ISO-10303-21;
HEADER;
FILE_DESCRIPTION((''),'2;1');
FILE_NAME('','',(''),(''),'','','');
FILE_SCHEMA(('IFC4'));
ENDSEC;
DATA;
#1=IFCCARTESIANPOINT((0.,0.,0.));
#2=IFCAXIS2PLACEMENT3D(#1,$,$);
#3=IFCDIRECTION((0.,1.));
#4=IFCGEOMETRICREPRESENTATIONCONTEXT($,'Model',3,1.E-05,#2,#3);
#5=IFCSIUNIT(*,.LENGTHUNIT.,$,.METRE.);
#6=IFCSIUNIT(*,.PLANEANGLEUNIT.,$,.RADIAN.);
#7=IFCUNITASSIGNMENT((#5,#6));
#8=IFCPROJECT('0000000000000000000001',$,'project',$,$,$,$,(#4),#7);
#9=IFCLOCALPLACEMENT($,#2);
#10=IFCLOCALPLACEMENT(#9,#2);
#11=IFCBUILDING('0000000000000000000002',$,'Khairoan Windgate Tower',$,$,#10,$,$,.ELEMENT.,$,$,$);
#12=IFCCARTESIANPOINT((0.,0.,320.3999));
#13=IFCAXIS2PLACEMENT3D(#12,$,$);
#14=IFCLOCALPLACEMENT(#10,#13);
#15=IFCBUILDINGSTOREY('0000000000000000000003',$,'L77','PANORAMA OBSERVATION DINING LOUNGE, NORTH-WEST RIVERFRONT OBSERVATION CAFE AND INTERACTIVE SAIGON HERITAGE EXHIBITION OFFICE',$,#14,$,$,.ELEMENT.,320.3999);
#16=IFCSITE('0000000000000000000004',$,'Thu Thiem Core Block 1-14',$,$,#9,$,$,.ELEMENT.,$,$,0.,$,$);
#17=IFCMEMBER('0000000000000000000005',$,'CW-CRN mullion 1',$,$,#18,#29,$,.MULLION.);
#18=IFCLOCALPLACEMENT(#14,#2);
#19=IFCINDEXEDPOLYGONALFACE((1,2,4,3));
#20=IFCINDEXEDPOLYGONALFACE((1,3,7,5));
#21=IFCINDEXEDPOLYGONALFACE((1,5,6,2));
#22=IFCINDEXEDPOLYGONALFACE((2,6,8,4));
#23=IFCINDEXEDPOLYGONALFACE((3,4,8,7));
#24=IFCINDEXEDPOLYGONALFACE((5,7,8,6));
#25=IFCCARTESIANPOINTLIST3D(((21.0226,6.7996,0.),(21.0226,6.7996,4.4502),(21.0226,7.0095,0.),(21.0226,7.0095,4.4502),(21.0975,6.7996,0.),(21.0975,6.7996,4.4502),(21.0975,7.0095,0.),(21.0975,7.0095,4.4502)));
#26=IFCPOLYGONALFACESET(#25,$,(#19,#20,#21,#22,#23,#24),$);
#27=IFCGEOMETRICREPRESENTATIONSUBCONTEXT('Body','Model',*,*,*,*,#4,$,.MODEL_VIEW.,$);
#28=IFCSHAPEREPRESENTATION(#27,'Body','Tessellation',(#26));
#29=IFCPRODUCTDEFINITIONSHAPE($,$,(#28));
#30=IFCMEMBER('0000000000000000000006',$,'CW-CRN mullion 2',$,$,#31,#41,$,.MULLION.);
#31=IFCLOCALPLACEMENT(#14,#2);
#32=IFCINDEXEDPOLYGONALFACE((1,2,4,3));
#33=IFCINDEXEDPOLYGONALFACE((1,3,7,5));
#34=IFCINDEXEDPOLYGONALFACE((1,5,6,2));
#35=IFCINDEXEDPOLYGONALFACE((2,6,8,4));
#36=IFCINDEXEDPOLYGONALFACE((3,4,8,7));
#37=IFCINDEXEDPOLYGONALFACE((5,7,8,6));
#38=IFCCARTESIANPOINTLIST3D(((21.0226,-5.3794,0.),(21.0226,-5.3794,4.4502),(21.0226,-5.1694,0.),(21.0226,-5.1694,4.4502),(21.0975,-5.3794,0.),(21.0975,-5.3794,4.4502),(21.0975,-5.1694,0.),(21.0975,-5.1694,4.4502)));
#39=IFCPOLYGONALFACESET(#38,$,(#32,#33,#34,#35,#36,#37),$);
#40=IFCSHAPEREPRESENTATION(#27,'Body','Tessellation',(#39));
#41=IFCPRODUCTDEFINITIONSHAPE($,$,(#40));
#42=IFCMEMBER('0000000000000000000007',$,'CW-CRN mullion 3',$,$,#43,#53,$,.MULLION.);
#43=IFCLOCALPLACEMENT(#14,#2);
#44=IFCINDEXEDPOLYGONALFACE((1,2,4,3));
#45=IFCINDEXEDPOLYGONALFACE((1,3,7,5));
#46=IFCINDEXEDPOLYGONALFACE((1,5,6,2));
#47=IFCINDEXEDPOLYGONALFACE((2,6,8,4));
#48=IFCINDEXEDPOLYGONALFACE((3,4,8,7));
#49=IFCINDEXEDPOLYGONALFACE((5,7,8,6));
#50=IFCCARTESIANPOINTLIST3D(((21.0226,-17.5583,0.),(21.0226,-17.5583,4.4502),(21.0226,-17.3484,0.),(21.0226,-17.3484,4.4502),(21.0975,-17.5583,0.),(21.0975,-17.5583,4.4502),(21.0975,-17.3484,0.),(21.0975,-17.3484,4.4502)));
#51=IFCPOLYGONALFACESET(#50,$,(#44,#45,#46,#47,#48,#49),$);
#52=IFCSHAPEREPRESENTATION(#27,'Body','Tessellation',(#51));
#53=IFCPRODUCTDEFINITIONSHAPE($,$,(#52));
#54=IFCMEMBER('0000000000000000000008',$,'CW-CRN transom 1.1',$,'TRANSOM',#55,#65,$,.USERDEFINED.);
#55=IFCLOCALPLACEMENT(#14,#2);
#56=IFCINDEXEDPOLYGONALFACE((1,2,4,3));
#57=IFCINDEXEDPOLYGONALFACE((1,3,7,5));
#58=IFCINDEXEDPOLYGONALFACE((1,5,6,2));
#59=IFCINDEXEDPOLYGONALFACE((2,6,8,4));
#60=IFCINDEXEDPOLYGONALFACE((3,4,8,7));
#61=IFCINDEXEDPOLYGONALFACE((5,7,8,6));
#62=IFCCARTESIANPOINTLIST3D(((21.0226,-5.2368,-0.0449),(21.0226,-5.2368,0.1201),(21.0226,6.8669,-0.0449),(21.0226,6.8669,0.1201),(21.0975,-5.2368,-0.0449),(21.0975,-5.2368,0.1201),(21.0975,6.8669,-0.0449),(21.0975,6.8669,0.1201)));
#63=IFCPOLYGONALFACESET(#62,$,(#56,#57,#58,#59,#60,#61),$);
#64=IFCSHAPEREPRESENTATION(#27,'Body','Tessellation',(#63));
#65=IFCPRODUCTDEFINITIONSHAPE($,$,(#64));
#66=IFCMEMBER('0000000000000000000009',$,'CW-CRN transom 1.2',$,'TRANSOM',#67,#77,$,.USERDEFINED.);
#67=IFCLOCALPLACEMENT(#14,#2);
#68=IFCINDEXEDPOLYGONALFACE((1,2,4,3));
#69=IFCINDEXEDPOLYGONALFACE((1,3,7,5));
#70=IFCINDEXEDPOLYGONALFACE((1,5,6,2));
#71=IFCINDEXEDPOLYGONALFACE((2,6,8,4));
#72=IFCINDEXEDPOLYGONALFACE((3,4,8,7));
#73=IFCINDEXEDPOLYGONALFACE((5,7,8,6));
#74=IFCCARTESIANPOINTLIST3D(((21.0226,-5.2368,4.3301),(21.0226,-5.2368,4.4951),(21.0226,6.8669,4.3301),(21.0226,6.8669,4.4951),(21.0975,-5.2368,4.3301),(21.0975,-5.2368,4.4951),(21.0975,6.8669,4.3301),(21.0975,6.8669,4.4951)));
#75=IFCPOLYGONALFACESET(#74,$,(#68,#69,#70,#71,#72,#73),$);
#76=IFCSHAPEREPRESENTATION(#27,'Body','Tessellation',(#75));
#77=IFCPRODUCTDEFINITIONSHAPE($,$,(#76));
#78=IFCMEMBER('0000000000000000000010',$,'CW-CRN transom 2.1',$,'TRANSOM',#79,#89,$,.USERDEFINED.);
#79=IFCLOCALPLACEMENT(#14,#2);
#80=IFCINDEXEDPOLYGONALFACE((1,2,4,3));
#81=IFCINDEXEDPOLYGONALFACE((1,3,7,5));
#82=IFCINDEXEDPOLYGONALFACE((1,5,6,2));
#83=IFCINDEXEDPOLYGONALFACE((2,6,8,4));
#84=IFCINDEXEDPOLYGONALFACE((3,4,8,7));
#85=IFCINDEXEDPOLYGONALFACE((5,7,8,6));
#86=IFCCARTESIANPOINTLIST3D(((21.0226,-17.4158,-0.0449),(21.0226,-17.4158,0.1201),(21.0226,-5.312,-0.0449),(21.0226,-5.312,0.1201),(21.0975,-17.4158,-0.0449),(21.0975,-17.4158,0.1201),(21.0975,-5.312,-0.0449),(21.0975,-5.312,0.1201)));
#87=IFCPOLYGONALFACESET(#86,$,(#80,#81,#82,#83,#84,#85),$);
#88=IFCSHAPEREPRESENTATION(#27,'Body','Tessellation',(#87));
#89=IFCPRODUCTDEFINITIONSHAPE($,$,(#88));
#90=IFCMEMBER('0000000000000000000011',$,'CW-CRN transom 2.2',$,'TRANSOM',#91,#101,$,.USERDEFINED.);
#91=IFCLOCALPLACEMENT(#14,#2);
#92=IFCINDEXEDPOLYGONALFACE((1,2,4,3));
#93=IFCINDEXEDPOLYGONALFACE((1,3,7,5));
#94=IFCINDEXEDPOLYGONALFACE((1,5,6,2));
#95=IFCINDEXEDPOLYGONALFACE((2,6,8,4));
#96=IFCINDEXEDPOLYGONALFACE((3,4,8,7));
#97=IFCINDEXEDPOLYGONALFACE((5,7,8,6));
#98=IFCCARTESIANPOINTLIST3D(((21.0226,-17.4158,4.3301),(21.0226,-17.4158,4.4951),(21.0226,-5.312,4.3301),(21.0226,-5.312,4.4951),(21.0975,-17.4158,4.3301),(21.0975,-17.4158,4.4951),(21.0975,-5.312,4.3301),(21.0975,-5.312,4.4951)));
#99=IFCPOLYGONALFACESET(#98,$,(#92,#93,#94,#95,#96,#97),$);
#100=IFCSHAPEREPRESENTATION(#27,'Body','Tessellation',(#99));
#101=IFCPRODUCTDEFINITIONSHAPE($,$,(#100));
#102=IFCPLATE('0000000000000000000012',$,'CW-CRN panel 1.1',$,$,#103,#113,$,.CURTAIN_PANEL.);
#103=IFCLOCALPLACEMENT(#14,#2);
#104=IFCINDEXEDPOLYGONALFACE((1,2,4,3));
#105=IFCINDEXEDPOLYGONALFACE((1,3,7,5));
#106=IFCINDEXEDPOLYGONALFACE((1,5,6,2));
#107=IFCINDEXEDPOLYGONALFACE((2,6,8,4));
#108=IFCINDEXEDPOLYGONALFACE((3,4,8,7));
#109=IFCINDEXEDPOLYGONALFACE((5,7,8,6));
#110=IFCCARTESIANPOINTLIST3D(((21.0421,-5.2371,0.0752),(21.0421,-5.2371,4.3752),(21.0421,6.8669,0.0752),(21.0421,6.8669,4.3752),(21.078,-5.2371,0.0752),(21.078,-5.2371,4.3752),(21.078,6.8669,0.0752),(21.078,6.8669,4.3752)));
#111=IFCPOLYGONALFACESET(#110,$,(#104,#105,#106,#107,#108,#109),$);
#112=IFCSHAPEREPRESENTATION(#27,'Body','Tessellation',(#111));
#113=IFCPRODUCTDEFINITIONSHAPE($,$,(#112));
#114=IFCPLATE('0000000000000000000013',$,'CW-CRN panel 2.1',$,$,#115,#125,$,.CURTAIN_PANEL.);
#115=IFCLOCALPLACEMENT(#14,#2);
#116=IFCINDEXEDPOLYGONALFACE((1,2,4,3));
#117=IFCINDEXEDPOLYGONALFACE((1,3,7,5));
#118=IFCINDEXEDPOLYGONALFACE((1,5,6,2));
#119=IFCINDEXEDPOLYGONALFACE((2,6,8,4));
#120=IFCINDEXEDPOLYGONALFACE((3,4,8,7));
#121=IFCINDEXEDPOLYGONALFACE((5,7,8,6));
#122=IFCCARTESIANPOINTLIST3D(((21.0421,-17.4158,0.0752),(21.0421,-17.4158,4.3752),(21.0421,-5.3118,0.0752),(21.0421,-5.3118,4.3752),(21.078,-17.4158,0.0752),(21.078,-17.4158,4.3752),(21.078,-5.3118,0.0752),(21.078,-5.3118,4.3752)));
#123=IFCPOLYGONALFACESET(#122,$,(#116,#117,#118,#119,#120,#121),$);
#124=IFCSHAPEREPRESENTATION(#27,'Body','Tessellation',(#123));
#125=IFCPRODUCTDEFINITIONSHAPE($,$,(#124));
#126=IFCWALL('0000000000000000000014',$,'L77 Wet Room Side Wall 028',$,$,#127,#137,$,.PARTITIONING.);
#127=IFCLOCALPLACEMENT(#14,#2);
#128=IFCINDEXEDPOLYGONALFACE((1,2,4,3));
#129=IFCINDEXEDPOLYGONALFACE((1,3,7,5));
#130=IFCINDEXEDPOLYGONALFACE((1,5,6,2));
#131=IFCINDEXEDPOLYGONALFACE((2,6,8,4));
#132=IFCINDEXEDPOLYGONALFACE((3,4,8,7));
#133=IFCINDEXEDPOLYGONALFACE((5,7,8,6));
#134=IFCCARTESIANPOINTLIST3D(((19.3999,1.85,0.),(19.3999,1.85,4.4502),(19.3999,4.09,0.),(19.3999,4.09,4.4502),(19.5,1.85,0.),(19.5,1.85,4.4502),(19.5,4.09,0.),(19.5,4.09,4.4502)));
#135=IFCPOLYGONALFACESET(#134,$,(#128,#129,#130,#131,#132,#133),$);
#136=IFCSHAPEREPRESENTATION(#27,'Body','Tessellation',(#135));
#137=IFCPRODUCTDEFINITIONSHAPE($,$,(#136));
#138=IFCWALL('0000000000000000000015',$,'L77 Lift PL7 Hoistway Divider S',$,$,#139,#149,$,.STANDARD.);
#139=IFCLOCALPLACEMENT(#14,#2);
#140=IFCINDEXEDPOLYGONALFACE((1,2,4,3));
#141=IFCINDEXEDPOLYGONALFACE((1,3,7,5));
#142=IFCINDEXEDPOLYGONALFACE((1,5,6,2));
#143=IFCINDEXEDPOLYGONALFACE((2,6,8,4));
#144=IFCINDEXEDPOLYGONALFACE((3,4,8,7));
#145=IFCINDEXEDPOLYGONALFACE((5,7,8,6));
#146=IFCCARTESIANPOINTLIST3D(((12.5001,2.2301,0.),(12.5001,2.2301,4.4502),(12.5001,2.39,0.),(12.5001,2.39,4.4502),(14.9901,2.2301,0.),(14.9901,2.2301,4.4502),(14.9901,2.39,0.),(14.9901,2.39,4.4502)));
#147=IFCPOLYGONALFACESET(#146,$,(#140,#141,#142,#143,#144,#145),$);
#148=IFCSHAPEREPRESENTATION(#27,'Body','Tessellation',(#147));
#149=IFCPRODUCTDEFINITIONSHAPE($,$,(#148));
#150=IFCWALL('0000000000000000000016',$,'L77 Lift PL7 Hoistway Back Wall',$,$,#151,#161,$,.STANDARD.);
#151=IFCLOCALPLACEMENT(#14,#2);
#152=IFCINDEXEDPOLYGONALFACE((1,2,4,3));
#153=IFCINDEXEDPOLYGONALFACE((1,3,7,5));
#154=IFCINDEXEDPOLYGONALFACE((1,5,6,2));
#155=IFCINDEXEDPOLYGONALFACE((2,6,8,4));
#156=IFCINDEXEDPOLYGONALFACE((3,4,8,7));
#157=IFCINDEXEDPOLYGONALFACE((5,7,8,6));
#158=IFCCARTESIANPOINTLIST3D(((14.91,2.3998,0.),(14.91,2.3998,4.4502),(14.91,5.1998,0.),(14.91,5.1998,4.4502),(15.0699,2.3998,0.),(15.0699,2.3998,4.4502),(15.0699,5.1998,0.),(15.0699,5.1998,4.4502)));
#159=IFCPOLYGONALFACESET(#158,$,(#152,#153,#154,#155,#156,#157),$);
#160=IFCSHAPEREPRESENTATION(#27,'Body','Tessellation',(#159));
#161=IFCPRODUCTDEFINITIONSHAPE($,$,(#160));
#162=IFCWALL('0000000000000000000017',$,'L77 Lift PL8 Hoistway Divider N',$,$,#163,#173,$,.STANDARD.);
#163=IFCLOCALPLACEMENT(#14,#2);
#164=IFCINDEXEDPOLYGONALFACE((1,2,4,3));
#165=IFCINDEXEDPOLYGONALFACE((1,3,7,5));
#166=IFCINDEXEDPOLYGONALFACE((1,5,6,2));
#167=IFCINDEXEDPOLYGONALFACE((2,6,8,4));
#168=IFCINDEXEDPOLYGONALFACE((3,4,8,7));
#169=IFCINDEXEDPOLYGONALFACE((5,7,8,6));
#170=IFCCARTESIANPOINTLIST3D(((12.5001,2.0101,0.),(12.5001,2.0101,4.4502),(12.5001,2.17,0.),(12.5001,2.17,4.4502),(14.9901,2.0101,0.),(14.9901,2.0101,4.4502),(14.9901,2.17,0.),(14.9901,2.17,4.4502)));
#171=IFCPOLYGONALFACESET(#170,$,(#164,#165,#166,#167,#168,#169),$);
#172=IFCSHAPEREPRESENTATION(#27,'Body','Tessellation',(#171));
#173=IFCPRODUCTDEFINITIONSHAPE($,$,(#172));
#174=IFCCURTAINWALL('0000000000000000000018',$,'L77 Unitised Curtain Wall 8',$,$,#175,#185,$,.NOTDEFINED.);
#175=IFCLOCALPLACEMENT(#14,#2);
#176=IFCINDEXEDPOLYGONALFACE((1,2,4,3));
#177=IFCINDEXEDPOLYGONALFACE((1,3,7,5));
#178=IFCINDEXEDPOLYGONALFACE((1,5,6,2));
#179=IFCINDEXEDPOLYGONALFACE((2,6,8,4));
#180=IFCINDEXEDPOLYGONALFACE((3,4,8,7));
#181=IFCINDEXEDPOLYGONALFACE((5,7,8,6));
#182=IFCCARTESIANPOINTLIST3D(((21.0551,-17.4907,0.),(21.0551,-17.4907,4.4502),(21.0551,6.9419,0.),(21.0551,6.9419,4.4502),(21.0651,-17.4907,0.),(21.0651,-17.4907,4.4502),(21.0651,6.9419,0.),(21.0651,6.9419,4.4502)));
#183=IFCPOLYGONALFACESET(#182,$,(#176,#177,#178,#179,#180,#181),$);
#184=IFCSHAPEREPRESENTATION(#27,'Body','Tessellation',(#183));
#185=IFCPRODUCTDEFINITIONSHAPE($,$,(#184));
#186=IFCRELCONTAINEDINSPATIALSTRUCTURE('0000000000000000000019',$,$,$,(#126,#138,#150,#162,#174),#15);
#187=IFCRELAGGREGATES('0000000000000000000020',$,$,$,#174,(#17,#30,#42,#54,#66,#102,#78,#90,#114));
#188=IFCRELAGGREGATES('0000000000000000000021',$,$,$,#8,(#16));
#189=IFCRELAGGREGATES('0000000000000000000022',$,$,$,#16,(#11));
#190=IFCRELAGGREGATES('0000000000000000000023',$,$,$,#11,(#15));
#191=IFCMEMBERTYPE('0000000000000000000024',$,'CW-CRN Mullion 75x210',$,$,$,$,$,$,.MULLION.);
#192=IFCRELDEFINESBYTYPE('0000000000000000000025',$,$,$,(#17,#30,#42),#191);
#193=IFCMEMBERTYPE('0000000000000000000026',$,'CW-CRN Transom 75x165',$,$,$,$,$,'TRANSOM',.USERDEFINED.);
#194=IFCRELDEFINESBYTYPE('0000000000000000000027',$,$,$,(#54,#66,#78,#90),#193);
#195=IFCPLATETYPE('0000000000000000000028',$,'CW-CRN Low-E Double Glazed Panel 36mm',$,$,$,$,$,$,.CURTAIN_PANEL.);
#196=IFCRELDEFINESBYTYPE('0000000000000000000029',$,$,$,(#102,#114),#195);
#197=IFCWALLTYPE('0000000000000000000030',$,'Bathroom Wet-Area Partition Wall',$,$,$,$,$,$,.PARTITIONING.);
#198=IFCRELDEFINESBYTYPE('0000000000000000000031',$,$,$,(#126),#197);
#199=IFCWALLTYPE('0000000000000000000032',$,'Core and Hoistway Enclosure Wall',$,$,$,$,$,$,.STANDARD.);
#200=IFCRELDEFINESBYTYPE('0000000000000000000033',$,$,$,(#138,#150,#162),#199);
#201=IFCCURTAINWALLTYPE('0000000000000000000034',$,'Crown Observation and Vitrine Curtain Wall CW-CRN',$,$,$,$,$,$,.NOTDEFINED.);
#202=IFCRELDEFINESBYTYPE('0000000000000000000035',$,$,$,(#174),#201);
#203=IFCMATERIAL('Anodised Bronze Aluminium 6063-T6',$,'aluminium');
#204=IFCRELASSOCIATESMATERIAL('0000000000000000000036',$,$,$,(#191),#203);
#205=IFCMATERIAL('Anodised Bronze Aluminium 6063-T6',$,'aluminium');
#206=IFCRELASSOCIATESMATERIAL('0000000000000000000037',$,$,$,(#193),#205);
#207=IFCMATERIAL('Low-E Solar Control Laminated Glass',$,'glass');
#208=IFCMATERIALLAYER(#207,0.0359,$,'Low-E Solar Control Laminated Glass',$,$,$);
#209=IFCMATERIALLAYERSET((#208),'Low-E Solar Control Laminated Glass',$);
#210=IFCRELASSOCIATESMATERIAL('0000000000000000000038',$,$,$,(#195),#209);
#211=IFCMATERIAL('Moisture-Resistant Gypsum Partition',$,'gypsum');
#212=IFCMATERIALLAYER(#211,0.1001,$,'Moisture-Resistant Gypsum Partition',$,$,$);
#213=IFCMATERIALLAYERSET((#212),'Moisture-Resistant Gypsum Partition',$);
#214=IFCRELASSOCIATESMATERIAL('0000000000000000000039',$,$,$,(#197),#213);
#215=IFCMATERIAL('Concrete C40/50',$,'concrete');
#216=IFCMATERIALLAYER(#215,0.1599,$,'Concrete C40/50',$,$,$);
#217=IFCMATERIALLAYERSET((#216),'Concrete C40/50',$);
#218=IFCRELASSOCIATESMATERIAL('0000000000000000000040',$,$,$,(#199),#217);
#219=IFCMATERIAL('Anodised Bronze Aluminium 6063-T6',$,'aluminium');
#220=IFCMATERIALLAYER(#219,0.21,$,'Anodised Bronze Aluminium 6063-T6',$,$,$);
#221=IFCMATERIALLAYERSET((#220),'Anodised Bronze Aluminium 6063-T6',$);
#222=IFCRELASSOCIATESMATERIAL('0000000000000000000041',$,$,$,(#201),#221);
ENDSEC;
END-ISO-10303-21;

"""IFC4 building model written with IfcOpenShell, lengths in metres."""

from ifc_helpers import new_model, si_unit, direction, frame, frame_2d, origin, origin_2d, place, context, subcontext, project, spatial, rectangle, extrude, material, layer, layer_set, material_profile, profile_set, type_object, element, aggregate, save


model = new_model("IFC4")

# Units and contexts
model_context = context("Model", 3, precision=1e-05, world=origin(), true_north=direction((0.0, 1.0)))
body_context = subcontext(model_context, "Body", "Model", "MODEL_VIEW")
ifc_project = project(units=[si_unit("LENGTHUNIT", "METRE"), si_unit("PLANEANGLEUNIT", "RADIAN")], contexts=[model_context])

# Site, building, storey
site_placement = place(None, origin())
site = spatial("IfcSite", under=ifc_project, at=site_placement, Name="Thu Thiem Core Block 1-14", CompositionType="ELEMENT", RefElevation=0.0)
building_placement = place(site_placement, origin())
building = spatial("IfcBuilding", under=site, at=building_placement, Name="Khairoan Windgate Tower", CompositionType="ELEMENT")
storey_placement = place(building_placement, frame((0.0, 0.0, 320.3999)))
storey = spatial("IfcBuildingStorey", under=building, at=storey_placement, Name="L77", Description="PANORAMA OBSERVATION DINING LOUNGE, NORTH-WEST RIVERFRONT OBSERVATION CAFE AND INTERACTIVE SAIGON HERITAGE EXHIBITION OFFICE", CompositionType="ELEMENT", Elevation=320.3999)

# Members
ifc_material_1 = material(Name="Anodised Bronze Aluminium 6063-T6", Category="aluminium")
ifc_material_profile_1 = material_profile(ifc_material_1, rectangle(XDim=0.075, YDim=0.21, at=origin_2d()))
ifc_profile_set_1 = profile_set([ifc_material_profile_1], Name="Anodised Bronze Aluminium 6063-T6")
member_type_1 = type_object("IfcMemberType", Name="CW-CRN Mullion 75x210", PredefinedType="MULLION", material=ifc_profile_set_1)
member_1_placement = place(storey_placement, frame((21.0601, 6.9045, 0.0), z_axis=(0.0, 0.0, 1.0), x_axis=(1.0, 0.0, 0.0)))
member_1 = element("IfcMember", 1, at=member_1_placement, type_object=member_type_1, Name="CW-CRN mullion 1", PredefinedType="MULLION", context=body_context, shape_type="SweptSolid", body=[
    extrude(rectangle(XDim=0.075, YDim=0.21, at=origin_2d()), origin(), (0.0, 0.0, 1.0), 4.4502),
])
member_2_placement = place(storey_placement, frame((21.0601, -5.2744, 0.0), z_axis=(0.0, 0.0, 1.0), x_axis=(1.0, 0.0, 0.0)))
member_2 = element("IfcMember", 2, at=member_2_placement, type_object=member_type_1, Name="CW-CRN mullion 2", PredefinedType="MULLION", context=body_context, shape_type="SweptSolid", body=[
    extrude(rectangle(XDim=0.075, YDim=0.21, at=origin_2d()), origin(), (0.0, 0.0, 1.0), 4.4502),
])
member_3_placement = place(storey_placement, frame((21.0601, -17.4534, 0.0), z_axis=(0.0, 0.0, 1.0), x_axis=(1.0, 0.0, 0.0)))
member_3 = element("IfcMember", 3, at=member_3_placement, type_object=member_type_1, Name="CW-CRN mullion 3", PredefinedType="MULLION", context=body_context, shape_type="SweptSolid", body=[
    extrude(rectangle(XDim=0.075, YDim=0.21, at=origin_2d()), origin(), (0.0, 0.0, 1.0), 4.4502),
])
ifc_material_2 = material(Name="Anodised Bronze Aluminium 6063-T6", Category="aluminium")
ifc_material_profile_2 = material_profile(ifc_material_2, rectangle(XDim=0.075, YDim=0.165, at=origin_2d()))
ifc_profile_set_2 = profile_set([ifc_material_profile_2], Name="Anodised Bronze Aluminium 6063-T6")
member_type_2 = type_object("IfcMemberType", Name="CW-CRN Transom 75x165", ElementType="TRANSOM", PredefinedType="USERDEFINED", material=ifc_profile_set_2)
member_4_placement = place(storey_placement, frame((21.0601, 6.8669, 0.0376), z_axis=(0.0, -1.0, 0.0), x_axis=(1.0, 0.0, 0.0)))
member_4 = element("IfcMember", 4, at=member_4_placement, type_object=member_type_2, Name="CW-CRN transom 1.1", ObjectType="TRANSOM", PredefinedType="USERDEFINED", context=body_context, shape_type="SweptSolid", body=[
    extrude(rectangle(XDim=0.075, YDim=0.165, at=origin_2d()), origin(), (0.0, 0.0, 1.0), 12.1038),
])
member_5_placement = place(storey_placement, frame((21.0601, 6.8669, 4.4126), z_axis=(0.0, -1.0, 0.0), x_axis=(1.0, 0.0, 0.0)))
member_5 = element("IfcMember", 5, at=member_5_placement, type_object=member_type_2, Name="CW-CRN transom 1.2", ObjectType="TRANSOM", PredefinedType="USERDEFINED", context=body_context, shape_type="SweptSolid", body=[
    extrude(rectangle(XDim=0.075, YDim=0.165, at=origin_2d()), origin(), (0.0, 0.0, 1.0), 12.1038),
])
member_6_placement = place(storey_placement, frame((21.0601, -5.312, 0.0376), z_axis=(0.0, -1.0, 0.0), x_axis=(1.0, 0.0, 0.0)))
member_6 = element("IfcMember", 6, at=member_6_placement, type_object=member_type_2, Name="CW-CRN transom 2.1", ObjectType="TRANSOM", PredefinedType="USERDEFINED", context=body_context, shape_type="SweptSolid", body=[
    extrude(rectangle(XDim=0.075, YDim=0.165, at=origin_2d()), origin(), (0.0, 0.0, 1.0), 12.1038),
])
member_7_placement = place(storey_placement, frame((21.0601, -5.312, 4.4126), z_axis=(0.0, -1.0, 0.0), x_axis=(1.0, 0.0, 0.0)))
member_7 = element("IfcMember", 7, at=member_7_placement, type_object=member_type_2, Name="CW-CRN transom 2.2", ObjectType="TRANSOM", PredefinedType="USERDEFINED", context=body_context, shape_type="SweptSolid", body=[
    extrude(rectangle(XDim=0.075, YDim=0.165, at=origin_2d()), origin(), (0.0, 0.0, 1.0), 12.1038),
])

# Plates
ifc_material_3 = material(Name="Low-E Solar Control Laminated Glass", Category="glass")
ifc_layer_1 = layer(ifc_material_3, 0.0359, Name="Low-E Solar Control Laminated Glass")
ifc_layer_set_1 = layer_set([ifc_layer_1], Name="Low-E Solar Control Laminated Glass")
plate_type = type_object("IfcPlateType", Name="CW-CRN Low-E Double Glazed Panel 36mm", PredefinedType="CURTAIN_PANEL", material=ifc_layer_set_1)
plate_1_placement = place(storey_placement, frame((21.0601, 0.8149, 0.0752), z_axis=(0.0, 0.0, 1.0), x_axis=(0.0, -1.0, 0.0)))
plate_1 = element("IfcPlate", 8, at=plate_1_placement, type_object=plate_type, Name="CW-CRN panel 1.1", PredefinedType="CURTAIN_PANEL", context=body_context, shape_type="SweptSolid", body=[
    extrude(rectangle(XDim=12.104, YDim=0.0359, at=origin_2d()), origin(), (0.0, 0.0, 1.0), 4.3),
])
plate_2_placement = place(storey_placement, frame((21.0601, -11.3638, 0.0752), z_axis=(0.0, 0.0, 1.0), x_axis=(0.0, -1.0, 0.0)))
plate_2 = element("IfcPlate", 9, at=plate_2_placement, type_object=plate_type, Name="CW-CRN panel 2.1", PredefinedType="CURTAIN_PANEL", context=body_context, shape_type="SweptSolid", body=[
    extrude(rectangle(XDim=12.104, YDim=0.0359, at=origin_2d()), origin(), (0.0, 0.0, 1.0), 4.3),
])

# Walls
ifc_material_4 = material(Name="Moisture-Resistant Gypsum Partition", Category="gypsum")
ifc_layer_2 = layer(ifc_material_4, 0.1001, Name="Moisture-Resistant Gypsum Partition")
ifc_layer_set_2 = layer_set([ifc_layer_2], Name="Moisture-Resistant Gypsum Partition")
wall_type_1 = type_object("IfcWallType", Name="Bathroom Wet-Area Partition Wall", PredefinedType="PARTITIONING", material=ifc_layer_set_2)
wall_1_placement = place(storey_placement, frame((19.45, 4.0901, 0.0), z_axis=(0.0, 0.0, 1.0), x_axis=(0.0, -1.0, 0.0)))
element("IfcWall", 10, at=wall_1_placement, inside=storey, type_object=wall_type_1, Name="L77 Wet Room Side Wall 028", PredefinedType="PARTITIONING", context=body_context, shape_type="SweptSolid", body=[
    extrude(rectangle(XDim=2.24, YDim=0.1001, at=frame_2d((1.1201, 0.0))), origin(), (0.0, 0.0, 1.0), 4.4502),
])
ifc_material_5 = material(Name="Concrete C40/50", Category="concrete")
ifc_layer_3 = layer(ifc_material_5, 0.1599, Name="Concrete C40/50")
ifc_layer_set_3 = layer_set([ifc_layer_3], Name="Concrete C40/50")
wall_type_2 = type_object("IfcWallType", Name="Core and Hoistway Enclosure Wall", PredefinedType="STANDARD", material=ifc_layer_set_3)
wall_2_placement = place(storey_placement, frame((12.5, 2.3101, 0.0), z_axis=(0.0, 0.0, 1.0), x_axis=(1.0, 0.0, 0.0)))
element("IfcWall", 11, at=wall_2_placement, inside=storey, type_object=wall_type_2, Name="L77 Lift PL7 Hoistway Divider S", PredefinedType="STANDARD", context=body_context, shape_type="SweptSolid", body=[
    extrude(rectangle(XDim=2.49, YDim=0.1599, at=frame_2d((1.2451, 0.0))), origin(), (0.0, 0.0, 1.0), 4.4502),
])
wall_3_placement = place(storey_placement, frame((14.99, 2.3999, 0.0), z_axis=(0.0, 0.0, 1.0), x_axis=(0.0, 1.0, 0.0)))
element("IfcWall", 12, at=wall_3_placement, inside=storey, type_object=wall_type_2, Name="L77 Lift PL7 Hoistway Back Wall", PredefinedType="STANDARD", context=body_context, shape_type="SweptSolid", body=[
    extrude(rectangle(XDim=2.8, YDim=0.1599, at=frame_2d((1.3999, 0.0))), origin(), (0.0, 0.0, 1.0), 4.4502),
])
wall_4_placement = place(storey_placement, frame((12.5, 2.0901, 0.0), z_axis=(0.0, 0.0, 1.0), x_axis=(1.0, 0.0, 0.0)))
element("IfcWall", 13, at=wall_4_placement, inside=storey, type_object=wall_type_2, Name="L77 Lift PL8 Hoistway Divider N", PredefinedType="STANDARD", context=body_context, shape_type="SweptSolid", body=[
    extrude(rectangle(XDim=2.49, YDim=0.1599, at=frame_2d((1.2451, 0.0))), origin(), (0.0, 0.0, 1.0), 4.4502),
])

# Curtain wall
ifc_material_6 = material(Name="Anodised Bronze Aluminium 6063-T6", Category="aluminium")
ifc_layer_4 = layer(ifc_material_6, 0.21, Name="Anodised Bronze Aluminium 6063-T6")
ifc_layer_set_4 = layer_set([ifc_layer_4], Name="Anodised Bronze Aluminium 6063-T6")
curtain_wall_type = type_object("IfcCurtainWallType", Name="Crown Observation and Vitrine Curtain Wall CW-CRN", PredefinedType="NOTDEFINED", material=ifc_layer_set_4)
curtain_wall_placement = place(storey_placement, frame((21.0601, 6.9419, 0.0), z_axis=(0.0, 0.0, 1.0), x_axis=(0.0, -1.0, 0.0)))
curtain_wall = element("IfcCurtainWall", 14, at=curtain_wall_placement, inside=storey, type_object=curtain_wall_type, Name="L77 Unitised Curtain Wall 8", PredefinedType="NOTDEFINED", context=body_context, shape_type="SweptSolid", body=[
    extrude(rectangle(XDim=24.4326, YDim=0.01, at=frame_2d((12.2163, 0.0))), origin(), (0.0, 0.0, 1.0), 4.4502),
])
aggregate(curtain_wall, [member_1, member_2, member_3, member_4, member_5, plate_1, member_6, member_7, plate_2])

save(model, "model.ifc")
